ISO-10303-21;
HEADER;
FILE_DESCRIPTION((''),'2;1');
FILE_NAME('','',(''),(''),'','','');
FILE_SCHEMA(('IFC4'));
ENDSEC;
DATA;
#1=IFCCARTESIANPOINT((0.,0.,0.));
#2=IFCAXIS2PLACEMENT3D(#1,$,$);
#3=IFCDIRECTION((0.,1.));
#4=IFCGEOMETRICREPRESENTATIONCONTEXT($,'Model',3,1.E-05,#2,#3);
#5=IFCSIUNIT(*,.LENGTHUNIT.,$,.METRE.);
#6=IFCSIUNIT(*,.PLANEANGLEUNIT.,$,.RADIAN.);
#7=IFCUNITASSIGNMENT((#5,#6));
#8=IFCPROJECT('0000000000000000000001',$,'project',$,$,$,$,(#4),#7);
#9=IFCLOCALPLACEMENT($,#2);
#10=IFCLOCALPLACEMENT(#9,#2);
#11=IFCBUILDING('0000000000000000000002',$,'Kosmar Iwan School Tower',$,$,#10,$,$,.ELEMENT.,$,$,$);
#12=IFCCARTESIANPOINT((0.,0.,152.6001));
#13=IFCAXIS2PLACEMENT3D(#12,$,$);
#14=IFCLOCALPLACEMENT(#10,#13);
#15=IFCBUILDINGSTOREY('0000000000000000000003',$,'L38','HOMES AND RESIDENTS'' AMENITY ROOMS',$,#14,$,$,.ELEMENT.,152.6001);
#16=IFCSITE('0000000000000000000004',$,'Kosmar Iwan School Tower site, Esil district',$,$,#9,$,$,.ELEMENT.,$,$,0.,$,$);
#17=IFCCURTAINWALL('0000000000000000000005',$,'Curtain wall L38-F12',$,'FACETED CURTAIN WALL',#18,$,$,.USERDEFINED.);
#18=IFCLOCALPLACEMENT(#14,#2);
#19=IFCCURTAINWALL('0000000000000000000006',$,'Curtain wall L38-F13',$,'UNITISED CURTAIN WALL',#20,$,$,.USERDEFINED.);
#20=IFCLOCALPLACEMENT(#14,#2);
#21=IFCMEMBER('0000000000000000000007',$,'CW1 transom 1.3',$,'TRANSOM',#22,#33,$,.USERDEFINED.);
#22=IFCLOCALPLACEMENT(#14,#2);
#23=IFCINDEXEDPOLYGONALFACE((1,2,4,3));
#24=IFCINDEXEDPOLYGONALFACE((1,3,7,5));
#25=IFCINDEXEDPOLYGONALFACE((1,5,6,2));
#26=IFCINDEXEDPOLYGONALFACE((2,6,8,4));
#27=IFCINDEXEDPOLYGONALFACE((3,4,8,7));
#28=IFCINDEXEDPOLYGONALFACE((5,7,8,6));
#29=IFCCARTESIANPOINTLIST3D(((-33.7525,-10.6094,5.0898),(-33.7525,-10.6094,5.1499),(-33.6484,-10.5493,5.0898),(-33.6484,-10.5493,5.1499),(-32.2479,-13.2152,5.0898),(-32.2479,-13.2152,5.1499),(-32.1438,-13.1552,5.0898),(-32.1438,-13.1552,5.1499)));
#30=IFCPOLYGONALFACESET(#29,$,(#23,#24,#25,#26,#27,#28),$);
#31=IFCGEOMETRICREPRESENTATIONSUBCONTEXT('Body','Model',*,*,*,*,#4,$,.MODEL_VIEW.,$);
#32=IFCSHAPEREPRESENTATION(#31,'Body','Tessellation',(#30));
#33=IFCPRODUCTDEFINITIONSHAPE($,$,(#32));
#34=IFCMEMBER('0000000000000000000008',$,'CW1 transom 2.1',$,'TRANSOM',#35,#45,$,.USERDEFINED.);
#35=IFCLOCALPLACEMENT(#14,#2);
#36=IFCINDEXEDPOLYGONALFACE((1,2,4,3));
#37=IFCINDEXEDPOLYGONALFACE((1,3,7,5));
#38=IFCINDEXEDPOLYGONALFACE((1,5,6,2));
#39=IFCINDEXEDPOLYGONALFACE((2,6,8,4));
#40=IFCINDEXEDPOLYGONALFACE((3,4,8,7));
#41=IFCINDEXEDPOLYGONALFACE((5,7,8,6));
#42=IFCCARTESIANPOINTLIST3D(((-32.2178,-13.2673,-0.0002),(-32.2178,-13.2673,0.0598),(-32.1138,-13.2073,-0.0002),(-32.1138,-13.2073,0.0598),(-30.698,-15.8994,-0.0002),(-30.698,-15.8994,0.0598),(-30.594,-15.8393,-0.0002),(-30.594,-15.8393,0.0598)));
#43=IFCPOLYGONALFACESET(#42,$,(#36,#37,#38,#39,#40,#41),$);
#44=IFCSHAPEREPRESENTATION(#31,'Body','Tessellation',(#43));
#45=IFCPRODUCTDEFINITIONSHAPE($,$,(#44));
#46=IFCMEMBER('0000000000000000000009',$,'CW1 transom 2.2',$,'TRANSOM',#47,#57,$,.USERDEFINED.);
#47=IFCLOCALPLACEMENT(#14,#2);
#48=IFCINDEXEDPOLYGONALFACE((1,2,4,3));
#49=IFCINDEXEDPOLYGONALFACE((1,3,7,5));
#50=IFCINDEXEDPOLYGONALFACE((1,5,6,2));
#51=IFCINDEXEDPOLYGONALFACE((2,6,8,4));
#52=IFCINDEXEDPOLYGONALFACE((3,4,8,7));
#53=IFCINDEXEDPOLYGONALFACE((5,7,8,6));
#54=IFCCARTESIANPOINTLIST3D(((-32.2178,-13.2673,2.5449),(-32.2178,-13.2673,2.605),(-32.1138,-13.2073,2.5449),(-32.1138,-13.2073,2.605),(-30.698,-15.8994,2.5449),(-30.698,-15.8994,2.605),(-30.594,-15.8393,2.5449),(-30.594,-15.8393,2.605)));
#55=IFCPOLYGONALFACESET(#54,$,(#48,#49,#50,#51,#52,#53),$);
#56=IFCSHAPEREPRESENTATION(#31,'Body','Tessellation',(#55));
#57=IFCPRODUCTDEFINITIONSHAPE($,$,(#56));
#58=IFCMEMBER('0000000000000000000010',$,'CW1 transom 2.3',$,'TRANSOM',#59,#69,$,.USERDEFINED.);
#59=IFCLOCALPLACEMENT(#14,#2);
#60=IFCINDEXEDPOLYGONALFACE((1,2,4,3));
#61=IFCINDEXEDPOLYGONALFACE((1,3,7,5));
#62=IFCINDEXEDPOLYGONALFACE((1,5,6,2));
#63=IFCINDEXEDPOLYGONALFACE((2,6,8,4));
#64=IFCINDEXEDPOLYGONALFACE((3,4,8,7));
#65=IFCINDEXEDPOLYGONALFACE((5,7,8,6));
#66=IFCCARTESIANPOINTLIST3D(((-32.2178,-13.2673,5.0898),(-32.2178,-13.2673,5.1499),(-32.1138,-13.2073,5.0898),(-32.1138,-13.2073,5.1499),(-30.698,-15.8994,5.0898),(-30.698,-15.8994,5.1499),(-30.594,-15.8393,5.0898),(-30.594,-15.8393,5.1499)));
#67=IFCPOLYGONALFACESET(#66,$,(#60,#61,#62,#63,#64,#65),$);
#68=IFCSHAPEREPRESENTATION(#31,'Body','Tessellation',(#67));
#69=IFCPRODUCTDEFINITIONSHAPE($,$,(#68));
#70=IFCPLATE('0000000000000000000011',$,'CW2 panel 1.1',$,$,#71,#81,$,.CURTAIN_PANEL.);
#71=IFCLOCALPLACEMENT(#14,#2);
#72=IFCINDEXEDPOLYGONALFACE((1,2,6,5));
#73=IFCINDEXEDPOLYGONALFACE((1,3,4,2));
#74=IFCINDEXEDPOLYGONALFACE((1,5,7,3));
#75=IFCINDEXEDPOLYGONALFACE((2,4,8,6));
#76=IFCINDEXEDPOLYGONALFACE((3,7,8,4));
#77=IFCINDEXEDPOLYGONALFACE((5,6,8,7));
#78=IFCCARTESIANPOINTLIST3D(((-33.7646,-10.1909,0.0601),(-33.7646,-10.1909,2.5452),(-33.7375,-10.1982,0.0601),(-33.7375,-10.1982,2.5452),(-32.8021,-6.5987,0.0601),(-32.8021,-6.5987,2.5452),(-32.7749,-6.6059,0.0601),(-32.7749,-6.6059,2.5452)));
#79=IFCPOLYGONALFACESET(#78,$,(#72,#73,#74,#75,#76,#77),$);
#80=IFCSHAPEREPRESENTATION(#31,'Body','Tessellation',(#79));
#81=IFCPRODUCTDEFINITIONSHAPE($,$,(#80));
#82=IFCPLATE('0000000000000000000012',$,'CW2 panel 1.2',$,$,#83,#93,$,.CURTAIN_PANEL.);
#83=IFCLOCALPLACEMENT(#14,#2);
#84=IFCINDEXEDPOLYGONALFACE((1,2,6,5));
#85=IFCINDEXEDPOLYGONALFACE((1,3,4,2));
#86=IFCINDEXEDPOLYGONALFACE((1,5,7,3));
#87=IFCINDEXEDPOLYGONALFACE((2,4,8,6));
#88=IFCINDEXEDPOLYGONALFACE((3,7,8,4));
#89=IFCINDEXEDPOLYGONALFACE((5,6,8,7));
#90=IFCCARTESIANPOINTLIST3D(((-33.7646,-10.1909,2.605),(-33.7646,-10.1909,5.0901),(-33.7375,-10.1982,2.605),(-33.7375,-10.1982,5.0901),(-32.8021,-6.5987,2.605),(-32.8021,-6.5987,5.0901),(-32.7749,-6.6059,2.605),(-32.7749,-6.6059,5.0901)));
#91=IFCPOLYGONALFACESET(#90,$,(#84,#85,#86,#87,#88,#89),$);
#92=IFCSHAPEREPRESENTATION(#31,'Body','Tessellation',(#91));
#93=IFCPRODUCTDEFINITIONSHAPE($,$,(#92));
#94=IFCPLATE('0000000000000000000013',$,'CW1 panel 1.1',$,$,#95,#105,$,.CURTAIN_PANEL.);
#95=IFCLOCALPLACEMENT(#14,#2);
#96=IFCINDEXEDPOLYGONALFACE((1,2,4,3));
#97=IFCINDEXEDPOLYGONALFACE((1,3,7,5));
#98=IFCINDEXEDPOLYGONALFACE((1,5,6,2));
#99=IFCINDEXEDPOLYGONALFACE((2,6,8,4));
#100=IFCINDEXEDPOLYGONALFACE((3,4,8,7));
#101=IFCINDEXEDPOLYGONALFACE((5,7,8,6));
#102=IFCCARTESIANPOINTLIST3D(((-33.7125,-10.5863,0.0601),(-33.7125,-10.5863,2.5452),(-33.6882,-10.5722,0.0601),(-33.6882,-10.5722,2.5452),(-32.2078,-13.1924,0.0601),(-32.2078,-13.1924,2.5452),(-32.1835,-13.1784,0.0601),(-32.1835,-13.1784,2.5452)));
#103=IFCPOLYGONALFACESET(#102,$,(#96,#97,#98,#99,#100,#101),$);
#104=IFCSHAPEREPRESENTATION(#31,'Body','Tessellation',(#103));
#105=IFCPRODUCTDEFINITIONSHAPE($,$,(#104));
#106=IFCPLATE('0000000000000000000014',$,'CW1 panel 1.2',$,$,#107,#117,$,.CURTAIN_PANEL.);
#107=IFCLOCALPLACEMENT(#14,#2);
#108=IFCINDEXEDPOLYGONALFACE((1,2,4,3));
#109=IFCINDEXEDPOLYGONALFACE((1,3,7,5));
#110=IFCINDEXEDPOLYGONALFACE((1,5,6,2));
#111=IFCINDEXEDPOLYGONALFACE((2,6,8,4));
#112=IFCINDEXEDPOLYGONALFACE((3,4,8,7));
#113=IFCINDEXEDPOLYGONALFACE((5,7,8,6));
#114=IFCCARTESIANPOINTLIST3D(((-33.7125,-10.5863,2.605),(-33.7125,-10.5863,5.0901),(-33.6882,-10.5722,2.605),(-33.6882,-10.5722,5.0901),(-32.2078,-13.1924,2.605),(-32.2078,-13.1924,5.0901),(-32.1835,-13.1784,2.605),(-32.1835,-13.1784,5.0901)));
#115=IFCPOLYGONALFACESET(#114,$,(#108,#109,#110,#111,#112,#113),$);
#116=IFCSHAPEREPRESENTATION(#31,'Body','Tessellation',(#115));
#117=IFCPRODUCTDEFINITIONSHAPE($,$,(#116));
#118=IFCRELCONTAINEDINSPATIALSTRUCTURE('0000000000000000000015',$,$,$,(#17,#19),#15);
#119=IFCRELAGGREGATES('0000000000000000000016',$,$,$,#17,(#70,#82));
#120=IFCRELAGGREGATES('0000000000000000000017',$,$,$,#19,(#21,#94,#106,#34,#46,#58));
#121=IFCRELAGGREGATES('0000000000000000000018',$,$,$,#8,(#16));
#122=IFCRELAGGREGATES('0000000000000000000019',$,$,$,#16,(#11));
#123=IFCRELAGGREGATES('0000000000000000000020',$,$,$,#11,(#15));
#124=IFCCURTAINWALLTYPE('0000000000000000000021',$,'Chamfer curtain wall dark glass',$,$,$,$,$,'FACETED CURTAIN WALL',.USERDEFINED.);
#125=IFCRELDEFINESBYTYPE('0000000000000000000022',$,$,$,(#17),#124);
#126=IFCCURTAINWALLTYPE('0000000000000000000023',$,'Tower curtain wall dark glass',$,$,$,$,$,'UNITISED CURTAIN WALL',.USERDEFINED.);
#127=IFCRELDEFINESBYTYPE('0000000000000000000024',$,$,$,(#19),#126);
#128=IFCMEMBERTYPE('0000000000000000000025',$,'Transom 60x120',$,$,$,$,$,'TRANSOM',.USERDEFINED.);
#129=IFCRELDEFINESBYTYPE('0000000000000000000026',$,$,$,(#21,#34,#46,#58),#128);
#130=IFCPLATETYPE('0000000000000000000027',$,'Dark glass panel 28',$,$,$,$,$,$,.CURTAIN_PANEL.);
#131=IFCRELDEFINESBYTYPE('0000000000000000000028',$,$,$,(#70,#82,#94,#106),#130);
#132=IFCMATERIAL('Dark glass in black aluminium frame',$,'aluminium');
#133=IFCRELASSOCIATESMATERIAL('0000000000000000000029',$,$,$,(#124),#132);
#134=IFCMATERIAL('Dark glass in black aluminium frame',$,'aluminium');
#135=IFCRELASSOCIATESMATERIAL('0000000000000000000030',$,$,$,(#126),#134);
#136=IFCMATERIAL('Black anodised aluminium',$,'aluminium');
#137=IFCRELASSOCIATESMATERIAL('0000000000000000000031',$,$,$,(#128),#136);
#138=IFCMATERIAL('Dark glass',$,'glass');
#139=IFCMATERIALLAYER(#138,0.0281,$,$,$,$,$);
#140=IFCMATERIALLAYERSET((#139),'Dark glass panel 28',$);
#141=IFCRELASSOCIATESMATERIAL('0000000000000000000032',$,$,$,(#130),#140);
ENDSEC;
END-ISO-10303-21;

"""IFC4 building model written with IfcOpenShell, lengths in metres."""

from ifc_helpers import new_model, si_unit, direction, frame, origin, origin_2d, place, context, subcontext, project, spatial, rectangle, extrude, material, layer, layer_set, material_profile, profile_set, type_object, element, aggregate, save


model = new_model("IFC4")

# Units and contexts
model_context = context("Model", 3, precision=1e-05, world=origin(), true_north=direction((0.0, 1.0)))
body_context = subcontext(model_context, "Body", "Model", "MODEL_VIEW")
ifc_project = project(units=[si_unit("LENGTHUNIT", "METRE"), si_unit("PLANEANGLEUNIT", "RADIAN")], contexts=[model_context])

# Site, building, storey
site_placement = place(None, origin())
site = spatial("IfcSite", under=ifc_project, at=site_placement, Name="Kosmar Iwan School Tower site, Esil district", CompositionType="ELEMENT", RefElevation=0.0)
building_placement = place(site_placement, origin())
building = spatial("IfcBuilding", under=site, at=building_placement, Name="Kosmar Iwan School Tower", CompositionType="ELEMENT")
storey_placement = place(building_placement, frame((0.0, 0.0, 152.6001)))
storey = spatial("IfcBuildingStorey", under=building, at=storey_placement, Name="L38", Description="HOMES AND RESIDENTS' AMENITY ROOMS", CompositionType="ELEMENT", Elevation=152.6001)

# Curtain walls
ifc_material_1 = material(Name="Dark glass in black aluminium frame", Category="aluminium")
curtain_wall_type_1 = type_object("IfcCurtainWallType", Name="Chamfer curtain wall dark glass", ElementType="FACETED CURTAIN WALL", PredefinedType="USERDEFINED", material=ifc_material_1)
curtain_wall_1_placement = place(storey_placement, origin())
curtain_wall_1 = element("IfcCurtainWall", 1, at=curtain_wall_1_placement, inside=storey, type_object=curtain_wall_type_1, Name="Curtain wall L38-F12", ObjectType="FACETED CURTAIN WALL", PredefinedType="USERDEFINED")
ifc_material_2 = material(Name="Dark glass in black aluminium frame", Category="aluminium")
curtain_wall_type_2 = type_object("IfcCurtainWallType", Name="Tower curtain wall dark glass", ElementType="UNITISED CURTAIN WALL", PredefinedType="USERDEFINED", material=ifc_material_2)
curtain_wall_2_placement = place(storey_placement, origin())
curtain_wall_2 = element("IfcCurtainWall", 2, at=curtain_wall_2_placement, inside=storey, type_object=curtain_wall_type_2, Name="Curtain wall L38-F13", ObjectType="UNITISED CURTAIN WALL", PredefinedType="USERDEFINED")

# Members
ifc_material_3 = material(Name="Black anodised aluminium", Category="aluminium")
ifc_material_profile_1 = material_profile(ifc_material_3, rectangle(XDim=0.1201, YDim=0.0601, at=origin_2d()), Name="TRANSOM 60x120")
ifc_profile_set_1 = profile_set([ifc_material_profile_1], Name="Black anodised aluminium")
member_type_1 = type_object("IfcMemberType", Name="Transom 60x120", ElementType="TRANSOM", PredefinedType="USERDEFINED", material=ifc_profile_set_1)
member_1_placement = place(storey_placement, frame((-33.7004, -10.5793, 5.1199), z_axis=(0.500022, -0.866013, 0.0), x_axis=(0.866013, 0.500022, 0.0)))
member_1 = element("IfcMember", 3, at=member_1_placement, type_object=member_type_1, Name="CW1 transom 1.3", ObjectType="TRANSOM", PredefinedType="USERDEFINED", context=body_context, shape_type="SweptSolid", body=[
    extrude(rectangle(XDim=0.1201, YDim=0.0601, at=origin_2d()), origin(), (0.0, 0.0, 1.0), 3.009),
])
member_2_placement = place(storey_placement, frame((-32.1658, -13.2373, 0.0298), z_axis=(0.500035, -0.866005, 0.0), x_axis=(0.866005, 0.500035, 0.0)))
member_2 = element("IfcMember", 4, at=member_2_placement, type_object=member_type_1, Name="CW1 transom 2.1", ObjectType="TRANSOM", PredefinedType="USERDEFINED", context=body_context, shape_type="SweptSolid", body=[
    extrude(rectangle(XDim=0.1201, YDim=0.0601, at=origin_2d()), origin(), (0.0, 0.0, 1.0), 3.0393),
])
member_3_placement = place(storey_placement, frame((-32.1658, -13.2373, 2.575), z_axis=(0.500035, -0.866005, 0.0), x_axis=(0.866005, 0.500035, 0.0)))
member_3 = element("IfcMember", 5, at=member_3_placement, type_object=member_type_1, Name="CW1 transom 2.2", ObjectType="TRANSOM", PredefinedType="USERDEFINED", context=body_context, shape_type="SweptSolid", body=[
    extrude(rectangle(XDim=0.1201, YDim=0.0601, at=origin_2d()), origin(), (0.0, 0.0, 1.0), 3.0393),
])
member_4_placement = place(storey_placement, frame((-32.1658, -13.2373, 5.1199), z_axis=(0.500035, -0.866005, 0.0), x_axis=(0.866005, 0.500035, 0.0)))
member_4 = element("IfcMember", 6, at=member_4_placement, type_object=member_type_1, Name="CW1 transom 2.3", ObjectType="TRANSOM", PredefinedType="USERDEFINED", context=body_context, shape_type="SweptSolid", body=[
    extrude(rectangle(XDim=0.1201, YDim=0.0601, at=origin_2d()), origin(), (0.0, 0.0, 1.0), 3.0393),
])

# Plates
ifc_material_4 = material(Name="Dark glass", Category="glass")
ifc_layer = layer(ifc_material_4, 0.0281)
ifc_layer_set = layer_set([ifc_layer], Name="Dark glass panel 28")
plate_type = type_object("IfcPlateType", Name="Dark glass panel 28", PredefinedType="CURTAIN_PANEL", material=ifc_layer_set)
plate_1_placement = place(storey_placement, frame((-33.2698, -8.3984, 0.0601), z_axis=(0.0, 0.0, 1.0), x_axis=(-0.258819, -0.965926, 0.0)))
plate_1 = element("IfcPlate", 7, at=plate_1_placement, type_object=plate_type, Name="CW2 panel 1.1", PredefinedType="CURTAIN_PANEL", context=body_context, shape_type="SweptSolid", body=[
    extrude(rectangle(XDim=3.719, YDim=0.0281, at=origin_2d()), origin(), (0.0, 0.0, 1.0), 2.4851),
])
plate_2_placement = place(storey_placement, frame((-33.2698, -8.3984, 2.605), z_axis=(0.0, 0.0, 1.0), x_axis=(-0.258819, -0.965926, 0.0)))
plate_2 = element("IfcPlate", 8, at=plate_2_placement, type_object=plate_type, Name="CW2 panel 1.2", PredefinedType="CURTAIN_PANEL", context=body_context, shape_type="SweptSolid", body=[
    extrude(rectangle(XDim=3.719, YDim=0.0281, at=origin_2d()), origin(), (0.0, 0.0, 1.0), 2.4851),
])
aggregate(curtain_wall_1, [plate_1, plate_2])
plate_3_placement = place(storey_placement, frame((-32.948, -11.8823, 0.0601), z_axis=(0.0, 0.0, 1.0), x_axis=(0.5, -0.866025, 0.0)))
plate_3 = element("IfcPlate", 9, at=plate_3_placement, type_object=plate_type, Name="CW1 panel 1.1", PredefinedType="CURTAIN_PANEL", context=body_context, shape_type="SweptSolid", body=[
    extrude(rectangle(XDim=3.0093, YDim=0.0281, at=origin_2d()), origin(), (0.0, 0.0, 1.0), 2.4851),
])
plate_4_placement = place(storey_placement, frame((-32.948, -11.8823, 2.605), z_axis=(0.0, 0.0, 1.0), x_axis=(0.5, -0.866025, 0.0)))
plate_4 = element("IfcPlate", 10, at=plate_4_placement, type_object=plate_type, Name="CW1 panel 1.2", PredefinedType="CURTAIN_PANEL", context=body_context, shape_type="SweptSolid", body=[
    extrude(rectangle(XDim=3.0093, YDim=0.0281, at=origin_2d()), origin(), (0.0, 0.0, 1.0), 2.4851),
])
aggregate(curtain_wall_2, [member_1, plate_3, plate_4, member_2, member_3, member_4])

save(model, "model.ifc")
